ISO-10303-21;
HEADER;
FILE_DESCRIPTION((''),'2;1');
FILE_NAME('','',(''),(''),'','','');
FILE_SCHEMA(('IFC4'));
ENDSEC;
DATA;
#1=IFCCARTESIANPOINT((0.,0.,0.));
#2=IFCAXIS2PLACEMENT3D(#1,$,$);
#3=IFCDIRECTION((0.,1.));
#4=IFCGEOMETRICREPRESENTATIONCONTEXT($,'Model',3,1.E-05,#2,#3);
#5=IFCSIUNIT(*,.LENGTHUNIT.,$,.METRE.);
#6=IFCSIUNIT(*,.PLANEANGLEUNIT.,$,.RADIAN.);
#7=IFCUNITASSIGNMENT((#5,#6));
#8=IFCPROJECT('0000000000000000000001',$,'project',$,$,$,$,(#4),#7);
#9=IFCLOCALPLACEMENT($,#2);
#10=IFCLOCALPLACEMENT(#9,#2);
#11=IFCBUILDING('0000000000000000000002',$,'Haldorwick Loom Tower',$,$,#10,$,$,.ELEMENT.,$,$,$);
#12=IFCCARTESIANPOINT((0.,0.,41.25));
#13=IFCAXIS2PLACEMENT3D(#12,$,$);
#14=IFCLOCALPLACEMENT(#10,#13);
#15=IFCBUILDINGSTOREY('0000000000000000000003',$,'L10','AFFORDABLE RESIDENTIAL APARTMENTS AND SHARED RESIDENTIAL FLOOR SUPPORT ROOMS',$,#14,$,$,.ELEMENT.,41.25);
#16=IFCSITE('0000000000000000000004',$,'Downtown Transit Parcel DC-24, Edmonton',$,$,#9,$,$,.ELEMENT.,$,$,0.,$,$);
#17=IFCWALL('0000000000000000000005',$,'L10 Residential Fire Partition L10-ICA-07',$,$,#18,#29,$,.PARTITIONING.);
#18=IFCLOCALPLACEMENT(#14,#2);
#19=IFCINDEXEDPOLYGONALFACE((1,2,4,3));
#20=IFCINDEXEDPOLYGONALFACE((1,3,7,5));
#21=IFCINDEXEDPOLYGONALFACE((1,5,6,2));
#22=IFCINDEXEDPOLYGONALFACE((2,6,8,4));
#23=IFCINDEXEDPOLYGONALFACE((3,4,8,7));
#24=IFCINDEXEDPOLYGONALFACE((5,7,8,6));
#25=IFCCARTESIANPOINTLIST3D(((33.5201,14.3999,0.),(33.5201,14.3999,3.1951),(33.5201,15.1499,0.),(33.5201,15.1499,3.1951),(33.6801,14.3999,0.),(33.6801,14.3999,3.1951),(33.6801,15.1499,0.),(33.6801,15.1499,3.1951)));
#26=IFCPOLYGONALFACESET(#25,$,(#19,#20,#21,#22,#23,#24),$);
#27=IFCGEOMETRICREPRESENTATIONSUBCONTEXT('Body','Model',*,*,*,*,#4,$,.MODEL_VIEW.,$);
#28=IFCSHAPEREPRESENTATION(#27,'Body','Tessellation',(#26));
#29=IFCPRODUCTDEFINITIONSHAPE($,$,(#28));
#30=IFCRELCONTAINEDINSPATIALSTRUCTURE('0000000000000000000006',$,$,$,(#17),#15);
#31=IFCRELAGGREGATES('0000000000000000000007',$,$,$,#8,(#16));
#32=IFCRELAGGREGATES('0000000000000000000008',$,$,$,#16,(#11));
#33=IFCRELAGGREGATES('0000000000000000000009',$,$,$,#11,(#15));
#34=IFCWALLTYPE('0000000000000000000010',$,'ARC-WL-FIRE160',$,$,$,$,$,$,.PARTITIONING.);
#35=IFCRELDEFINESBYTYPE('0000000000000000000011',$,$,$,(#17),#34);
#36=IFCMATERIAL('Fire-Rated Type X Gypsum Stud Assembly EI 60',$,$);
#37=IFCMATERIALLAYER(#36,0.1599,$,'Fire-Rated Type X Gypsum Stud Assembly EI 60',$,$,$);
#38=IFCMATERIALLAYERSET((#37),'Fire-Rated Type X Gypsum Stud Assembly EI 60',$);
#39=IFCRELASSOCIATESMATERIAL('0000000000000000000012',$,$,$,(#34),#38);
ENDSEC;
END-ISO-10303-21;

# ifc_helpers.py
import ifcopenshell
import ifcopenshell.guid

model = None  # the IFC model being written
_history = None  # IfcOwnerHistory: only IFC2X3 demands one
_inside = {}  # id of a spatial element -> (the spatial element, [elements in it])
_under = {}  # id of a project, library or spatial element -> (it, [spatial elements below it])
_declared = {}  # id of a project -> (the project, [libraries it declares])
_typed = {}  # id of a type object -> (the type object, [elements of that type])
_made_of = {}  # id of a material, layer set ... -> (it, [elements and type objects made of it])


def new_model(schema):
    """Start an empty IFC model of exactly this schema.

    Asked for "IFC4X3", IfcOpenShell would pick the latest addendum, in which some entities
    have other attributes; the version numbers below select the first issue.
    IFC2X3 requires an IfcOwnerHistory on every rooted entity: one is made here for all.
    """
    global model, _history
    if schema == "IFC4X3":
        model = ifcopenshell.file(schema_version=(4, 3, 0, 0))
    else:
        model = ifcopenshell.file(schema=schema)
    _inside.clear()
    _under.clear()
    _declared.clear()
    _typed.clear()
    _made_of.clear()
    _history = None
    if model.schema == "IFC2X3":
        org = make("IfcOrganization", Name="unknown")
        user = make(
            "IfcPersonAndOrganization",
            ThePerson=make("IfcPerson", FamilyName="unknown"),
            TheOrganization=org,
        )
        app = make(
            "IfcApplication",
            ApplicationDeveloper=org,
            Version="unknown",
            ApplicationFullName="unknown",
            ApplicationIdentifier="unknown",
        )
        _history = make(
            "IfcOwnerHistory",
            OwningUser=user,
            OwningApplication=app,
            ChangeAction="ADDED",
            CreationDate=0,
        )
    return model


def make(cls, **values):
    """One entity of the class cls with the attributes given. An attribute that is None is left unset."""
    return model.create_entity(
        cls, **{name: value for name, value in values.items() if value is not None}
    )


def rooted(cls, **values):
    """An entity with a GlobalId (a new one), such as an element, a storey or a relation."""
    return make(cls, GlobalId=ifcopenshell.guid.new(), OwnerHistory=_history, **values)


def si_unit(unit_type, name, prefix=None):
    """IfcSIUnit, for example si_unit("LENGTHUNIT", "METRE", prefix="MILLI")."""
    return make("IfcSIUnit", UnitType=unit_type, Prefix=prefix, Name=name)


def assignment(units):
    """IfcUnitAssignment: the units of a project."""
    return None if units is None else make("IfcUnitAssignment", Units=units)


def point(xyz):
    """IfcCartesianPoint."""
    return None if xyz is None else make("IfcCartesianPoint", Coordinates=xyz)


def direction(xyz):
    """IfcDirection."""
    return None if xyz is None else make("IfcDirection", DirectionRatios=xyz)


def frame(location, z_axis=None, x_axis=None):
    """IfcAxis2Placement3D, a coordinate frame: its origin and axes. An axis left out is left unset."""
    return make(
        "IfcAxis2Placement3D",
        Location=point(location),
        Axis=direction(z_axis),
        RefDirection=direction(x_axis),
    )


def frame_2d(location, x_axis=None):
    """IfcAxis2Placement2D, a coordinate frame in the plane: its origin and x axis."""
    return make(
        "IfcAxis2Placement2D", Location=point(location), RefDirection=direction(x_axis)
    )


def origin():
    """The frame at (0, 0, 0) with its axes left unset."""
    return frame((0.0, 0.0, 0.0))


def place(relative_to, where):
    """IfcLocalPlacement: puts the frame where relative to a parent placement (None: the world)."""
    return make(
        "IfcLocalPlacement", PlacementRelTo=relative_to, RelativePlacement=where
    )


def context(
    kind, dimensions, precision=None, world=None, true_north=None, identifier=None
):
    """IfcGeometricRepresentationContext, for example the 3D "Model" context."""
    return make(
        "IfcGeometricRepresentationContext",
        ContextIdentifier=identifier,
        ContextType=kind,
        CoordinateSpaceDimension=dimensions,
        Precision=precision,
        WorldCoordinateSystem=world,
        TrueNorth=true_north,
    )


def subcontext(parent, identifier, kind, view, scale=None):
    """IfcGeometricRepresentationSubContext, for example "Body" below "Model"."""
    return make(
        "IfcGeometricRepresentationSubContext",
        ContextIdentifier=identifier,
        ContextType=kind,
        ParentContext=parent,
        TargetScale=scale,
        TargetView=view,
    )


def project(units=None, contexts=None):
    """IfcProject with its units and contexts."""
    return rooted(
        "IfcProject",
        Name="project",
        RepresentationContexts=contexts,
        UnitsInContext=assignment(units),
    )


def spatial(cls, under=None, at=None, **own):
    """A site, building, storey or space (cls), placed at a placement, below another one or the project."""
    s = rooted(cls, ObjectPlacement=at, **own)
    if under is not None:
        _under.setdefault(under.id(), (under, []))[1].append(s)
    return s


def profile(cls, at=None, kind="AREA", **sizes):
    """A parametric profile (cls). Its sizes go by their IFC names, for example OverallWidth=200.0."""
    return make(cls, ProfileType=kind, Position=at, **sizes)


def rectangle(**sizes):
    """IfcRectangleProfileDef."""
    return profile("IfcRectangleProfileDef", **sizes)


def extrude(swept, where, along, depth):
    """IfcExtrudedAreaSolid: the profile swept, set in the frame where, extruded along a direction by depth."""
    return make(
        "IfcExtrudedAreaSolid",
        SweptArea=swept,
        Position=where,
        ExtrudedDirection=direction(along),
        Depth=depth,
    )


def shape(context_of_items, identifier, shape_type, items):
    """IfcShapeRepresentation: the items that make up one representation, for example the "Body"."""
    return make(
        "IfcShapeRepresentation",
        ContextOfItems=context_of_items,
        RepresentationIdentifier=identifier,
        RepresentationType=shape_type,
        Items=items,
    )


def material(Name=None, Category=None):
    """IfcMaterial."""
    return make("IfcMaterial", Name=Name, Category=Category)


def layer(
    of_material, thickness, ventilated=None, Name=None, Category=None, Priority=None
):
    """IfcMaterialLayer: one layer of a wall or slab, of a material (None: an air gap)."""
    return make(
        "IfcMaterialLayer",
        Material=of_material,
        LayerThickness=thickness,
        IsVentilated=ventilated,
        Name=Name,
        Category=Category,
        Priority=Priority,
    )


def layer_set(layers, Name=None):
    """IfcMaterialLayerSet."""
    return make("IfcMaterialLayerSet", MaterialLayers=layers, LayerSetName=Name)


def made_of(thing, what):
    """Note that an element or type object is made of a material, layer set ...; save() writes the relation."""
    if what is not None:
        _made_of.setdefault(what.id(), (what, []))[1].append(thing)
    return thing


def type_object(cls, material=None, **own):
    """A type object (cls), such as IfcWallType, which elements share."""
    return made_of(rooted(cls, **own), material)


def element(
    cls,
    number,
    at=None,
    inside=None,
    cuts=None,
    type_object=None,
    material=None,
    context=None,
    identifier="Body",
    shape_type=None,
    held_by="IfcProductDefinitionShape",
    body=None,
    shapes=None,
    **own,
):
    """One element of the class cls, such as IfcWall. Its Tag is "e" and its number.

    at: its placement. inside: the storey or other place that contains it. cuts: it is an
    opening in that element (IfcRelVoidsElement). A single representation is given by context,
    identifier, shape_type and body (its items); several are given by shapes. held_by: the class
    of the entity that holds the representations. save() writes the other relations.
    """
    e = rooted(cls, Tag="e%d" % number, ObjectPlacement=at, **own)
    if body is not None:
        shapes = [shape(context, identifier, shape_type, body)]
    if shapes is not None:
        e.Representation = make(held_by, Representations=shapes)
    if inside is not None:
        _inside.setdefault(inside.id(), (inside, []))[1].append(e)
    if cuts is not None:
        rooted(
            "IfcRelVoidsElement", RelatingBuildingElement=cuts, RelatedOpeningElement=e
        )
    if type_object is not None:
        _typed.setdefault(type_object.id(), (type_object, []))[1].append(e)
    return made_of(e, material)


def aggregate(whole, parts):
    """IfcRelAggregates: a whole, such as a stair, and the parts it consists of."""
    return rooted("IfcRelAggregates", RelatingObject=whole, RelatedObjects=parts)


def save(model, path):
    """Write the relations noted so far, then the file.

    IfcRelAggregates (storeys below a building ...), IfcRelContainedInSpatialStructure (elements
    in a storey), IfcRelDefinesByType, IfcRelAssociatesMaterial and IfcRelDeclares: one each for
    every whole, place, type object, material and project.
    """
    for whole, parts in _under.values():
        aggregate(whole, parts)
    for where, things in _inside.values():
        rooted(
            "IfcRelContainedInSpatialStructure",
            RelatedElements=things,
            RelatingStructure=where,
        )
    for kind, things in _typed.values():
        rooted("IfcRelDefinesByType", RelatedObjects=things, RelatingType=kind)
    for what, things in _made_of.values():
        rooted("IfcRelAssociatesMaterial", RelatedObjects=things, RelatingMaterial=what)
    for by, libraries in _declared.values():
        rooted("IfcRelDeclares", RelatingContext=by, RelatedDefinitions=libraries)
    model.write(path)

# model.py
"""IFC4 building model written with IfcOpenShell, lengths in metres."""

from ifc_helpers import new_model, si_unit, direction, frame, frame_2d, origin, place, context, subcontext, project, spatial, rectangle, extrude, material, layer, layer_set, type_object, element, save


model = new_model("IFC4")

# Units and contexts
model_context = context("Model", 3, precision=1e-05, world=origin(), true_north=direction((0.0, 1.0)))
body_context = subcontext(model_context, "Body", "Model", "MODEL_VIEW")
ifc_project = project(units=[si_unit("LENGTHUNIT", "METRE"), si_unit("PLANEANGLEUNIT", "RADIAN")], contexts=[model_context])

# Site, building, storey
site_placement = place(None, origin())
site = spatial("IfcSite", under=ifc_project, at=site_placement, Name="Downtown Transit Parcel DC-24, Edmonton", CompositionType="ELEMENT", RefElevation=0.0)
building_placement = place(site_placement, origin())
building = spatial("IfcBuilding", under=site, at=building_placement, Name="Haldorwick Loom Tower", CompositionType="ELEMENT")
storey_placement = place(building_placement, frame((0.0, 0.0, 41.25)))
storey = spatial("IfcBuildingStorey", under=building, at=storey_placement, Name="L10", Description="AFFORDABLE RESIDENTIAL APARTMENTS AND SHARED RESIDENTIAL FLOOR SUPPORT ROOMS", CompositionType="ELEMENT", Elevation=41.25)

# Wall
ifc_material_1 = material(Name="Fire-Rated Type X Gypsum Stud Assembly EI 60")
ifc_layer_1 = layer(ifc_material_1, 0.1599, Name="Fire-Rated Type X Gypsum Stud Assembly EI 60")
ifc_layer_set_1 = layer_set([ifc_layer_1], Name="Fire-Rated Type X Gypsum Stud Assembly EI 60")
wall_type = type_object("IfcWallType", Name="ARC-WL-FIRE160", PredefinedType="PARTITIONING", material=ifc_layer_set_1)
wall_1_placement = place(storey_placement, frame((33.6001, 15.1499, 0.0), z_axis=(0.0, 0.0, 1.0), x_axis=(0.0, -1.0, 0.0)))
element("IfcWall", 1, at=wall_1_placement, inside=storey, type_object=wall_type, Name="L10 Residential Fire Partition L10-ICA-07", PredefinedType="PARTITIONING", context=body_context, shape_type="SweptSolid", body=[
    extrude(rectangle(XDim=0.75, YDim=0.1599, at=frame_2d((0.375, 0.0))), origin(), (0.0, 0.0, 1.0), 3.1951),
])

save(model, "model.ifc")
